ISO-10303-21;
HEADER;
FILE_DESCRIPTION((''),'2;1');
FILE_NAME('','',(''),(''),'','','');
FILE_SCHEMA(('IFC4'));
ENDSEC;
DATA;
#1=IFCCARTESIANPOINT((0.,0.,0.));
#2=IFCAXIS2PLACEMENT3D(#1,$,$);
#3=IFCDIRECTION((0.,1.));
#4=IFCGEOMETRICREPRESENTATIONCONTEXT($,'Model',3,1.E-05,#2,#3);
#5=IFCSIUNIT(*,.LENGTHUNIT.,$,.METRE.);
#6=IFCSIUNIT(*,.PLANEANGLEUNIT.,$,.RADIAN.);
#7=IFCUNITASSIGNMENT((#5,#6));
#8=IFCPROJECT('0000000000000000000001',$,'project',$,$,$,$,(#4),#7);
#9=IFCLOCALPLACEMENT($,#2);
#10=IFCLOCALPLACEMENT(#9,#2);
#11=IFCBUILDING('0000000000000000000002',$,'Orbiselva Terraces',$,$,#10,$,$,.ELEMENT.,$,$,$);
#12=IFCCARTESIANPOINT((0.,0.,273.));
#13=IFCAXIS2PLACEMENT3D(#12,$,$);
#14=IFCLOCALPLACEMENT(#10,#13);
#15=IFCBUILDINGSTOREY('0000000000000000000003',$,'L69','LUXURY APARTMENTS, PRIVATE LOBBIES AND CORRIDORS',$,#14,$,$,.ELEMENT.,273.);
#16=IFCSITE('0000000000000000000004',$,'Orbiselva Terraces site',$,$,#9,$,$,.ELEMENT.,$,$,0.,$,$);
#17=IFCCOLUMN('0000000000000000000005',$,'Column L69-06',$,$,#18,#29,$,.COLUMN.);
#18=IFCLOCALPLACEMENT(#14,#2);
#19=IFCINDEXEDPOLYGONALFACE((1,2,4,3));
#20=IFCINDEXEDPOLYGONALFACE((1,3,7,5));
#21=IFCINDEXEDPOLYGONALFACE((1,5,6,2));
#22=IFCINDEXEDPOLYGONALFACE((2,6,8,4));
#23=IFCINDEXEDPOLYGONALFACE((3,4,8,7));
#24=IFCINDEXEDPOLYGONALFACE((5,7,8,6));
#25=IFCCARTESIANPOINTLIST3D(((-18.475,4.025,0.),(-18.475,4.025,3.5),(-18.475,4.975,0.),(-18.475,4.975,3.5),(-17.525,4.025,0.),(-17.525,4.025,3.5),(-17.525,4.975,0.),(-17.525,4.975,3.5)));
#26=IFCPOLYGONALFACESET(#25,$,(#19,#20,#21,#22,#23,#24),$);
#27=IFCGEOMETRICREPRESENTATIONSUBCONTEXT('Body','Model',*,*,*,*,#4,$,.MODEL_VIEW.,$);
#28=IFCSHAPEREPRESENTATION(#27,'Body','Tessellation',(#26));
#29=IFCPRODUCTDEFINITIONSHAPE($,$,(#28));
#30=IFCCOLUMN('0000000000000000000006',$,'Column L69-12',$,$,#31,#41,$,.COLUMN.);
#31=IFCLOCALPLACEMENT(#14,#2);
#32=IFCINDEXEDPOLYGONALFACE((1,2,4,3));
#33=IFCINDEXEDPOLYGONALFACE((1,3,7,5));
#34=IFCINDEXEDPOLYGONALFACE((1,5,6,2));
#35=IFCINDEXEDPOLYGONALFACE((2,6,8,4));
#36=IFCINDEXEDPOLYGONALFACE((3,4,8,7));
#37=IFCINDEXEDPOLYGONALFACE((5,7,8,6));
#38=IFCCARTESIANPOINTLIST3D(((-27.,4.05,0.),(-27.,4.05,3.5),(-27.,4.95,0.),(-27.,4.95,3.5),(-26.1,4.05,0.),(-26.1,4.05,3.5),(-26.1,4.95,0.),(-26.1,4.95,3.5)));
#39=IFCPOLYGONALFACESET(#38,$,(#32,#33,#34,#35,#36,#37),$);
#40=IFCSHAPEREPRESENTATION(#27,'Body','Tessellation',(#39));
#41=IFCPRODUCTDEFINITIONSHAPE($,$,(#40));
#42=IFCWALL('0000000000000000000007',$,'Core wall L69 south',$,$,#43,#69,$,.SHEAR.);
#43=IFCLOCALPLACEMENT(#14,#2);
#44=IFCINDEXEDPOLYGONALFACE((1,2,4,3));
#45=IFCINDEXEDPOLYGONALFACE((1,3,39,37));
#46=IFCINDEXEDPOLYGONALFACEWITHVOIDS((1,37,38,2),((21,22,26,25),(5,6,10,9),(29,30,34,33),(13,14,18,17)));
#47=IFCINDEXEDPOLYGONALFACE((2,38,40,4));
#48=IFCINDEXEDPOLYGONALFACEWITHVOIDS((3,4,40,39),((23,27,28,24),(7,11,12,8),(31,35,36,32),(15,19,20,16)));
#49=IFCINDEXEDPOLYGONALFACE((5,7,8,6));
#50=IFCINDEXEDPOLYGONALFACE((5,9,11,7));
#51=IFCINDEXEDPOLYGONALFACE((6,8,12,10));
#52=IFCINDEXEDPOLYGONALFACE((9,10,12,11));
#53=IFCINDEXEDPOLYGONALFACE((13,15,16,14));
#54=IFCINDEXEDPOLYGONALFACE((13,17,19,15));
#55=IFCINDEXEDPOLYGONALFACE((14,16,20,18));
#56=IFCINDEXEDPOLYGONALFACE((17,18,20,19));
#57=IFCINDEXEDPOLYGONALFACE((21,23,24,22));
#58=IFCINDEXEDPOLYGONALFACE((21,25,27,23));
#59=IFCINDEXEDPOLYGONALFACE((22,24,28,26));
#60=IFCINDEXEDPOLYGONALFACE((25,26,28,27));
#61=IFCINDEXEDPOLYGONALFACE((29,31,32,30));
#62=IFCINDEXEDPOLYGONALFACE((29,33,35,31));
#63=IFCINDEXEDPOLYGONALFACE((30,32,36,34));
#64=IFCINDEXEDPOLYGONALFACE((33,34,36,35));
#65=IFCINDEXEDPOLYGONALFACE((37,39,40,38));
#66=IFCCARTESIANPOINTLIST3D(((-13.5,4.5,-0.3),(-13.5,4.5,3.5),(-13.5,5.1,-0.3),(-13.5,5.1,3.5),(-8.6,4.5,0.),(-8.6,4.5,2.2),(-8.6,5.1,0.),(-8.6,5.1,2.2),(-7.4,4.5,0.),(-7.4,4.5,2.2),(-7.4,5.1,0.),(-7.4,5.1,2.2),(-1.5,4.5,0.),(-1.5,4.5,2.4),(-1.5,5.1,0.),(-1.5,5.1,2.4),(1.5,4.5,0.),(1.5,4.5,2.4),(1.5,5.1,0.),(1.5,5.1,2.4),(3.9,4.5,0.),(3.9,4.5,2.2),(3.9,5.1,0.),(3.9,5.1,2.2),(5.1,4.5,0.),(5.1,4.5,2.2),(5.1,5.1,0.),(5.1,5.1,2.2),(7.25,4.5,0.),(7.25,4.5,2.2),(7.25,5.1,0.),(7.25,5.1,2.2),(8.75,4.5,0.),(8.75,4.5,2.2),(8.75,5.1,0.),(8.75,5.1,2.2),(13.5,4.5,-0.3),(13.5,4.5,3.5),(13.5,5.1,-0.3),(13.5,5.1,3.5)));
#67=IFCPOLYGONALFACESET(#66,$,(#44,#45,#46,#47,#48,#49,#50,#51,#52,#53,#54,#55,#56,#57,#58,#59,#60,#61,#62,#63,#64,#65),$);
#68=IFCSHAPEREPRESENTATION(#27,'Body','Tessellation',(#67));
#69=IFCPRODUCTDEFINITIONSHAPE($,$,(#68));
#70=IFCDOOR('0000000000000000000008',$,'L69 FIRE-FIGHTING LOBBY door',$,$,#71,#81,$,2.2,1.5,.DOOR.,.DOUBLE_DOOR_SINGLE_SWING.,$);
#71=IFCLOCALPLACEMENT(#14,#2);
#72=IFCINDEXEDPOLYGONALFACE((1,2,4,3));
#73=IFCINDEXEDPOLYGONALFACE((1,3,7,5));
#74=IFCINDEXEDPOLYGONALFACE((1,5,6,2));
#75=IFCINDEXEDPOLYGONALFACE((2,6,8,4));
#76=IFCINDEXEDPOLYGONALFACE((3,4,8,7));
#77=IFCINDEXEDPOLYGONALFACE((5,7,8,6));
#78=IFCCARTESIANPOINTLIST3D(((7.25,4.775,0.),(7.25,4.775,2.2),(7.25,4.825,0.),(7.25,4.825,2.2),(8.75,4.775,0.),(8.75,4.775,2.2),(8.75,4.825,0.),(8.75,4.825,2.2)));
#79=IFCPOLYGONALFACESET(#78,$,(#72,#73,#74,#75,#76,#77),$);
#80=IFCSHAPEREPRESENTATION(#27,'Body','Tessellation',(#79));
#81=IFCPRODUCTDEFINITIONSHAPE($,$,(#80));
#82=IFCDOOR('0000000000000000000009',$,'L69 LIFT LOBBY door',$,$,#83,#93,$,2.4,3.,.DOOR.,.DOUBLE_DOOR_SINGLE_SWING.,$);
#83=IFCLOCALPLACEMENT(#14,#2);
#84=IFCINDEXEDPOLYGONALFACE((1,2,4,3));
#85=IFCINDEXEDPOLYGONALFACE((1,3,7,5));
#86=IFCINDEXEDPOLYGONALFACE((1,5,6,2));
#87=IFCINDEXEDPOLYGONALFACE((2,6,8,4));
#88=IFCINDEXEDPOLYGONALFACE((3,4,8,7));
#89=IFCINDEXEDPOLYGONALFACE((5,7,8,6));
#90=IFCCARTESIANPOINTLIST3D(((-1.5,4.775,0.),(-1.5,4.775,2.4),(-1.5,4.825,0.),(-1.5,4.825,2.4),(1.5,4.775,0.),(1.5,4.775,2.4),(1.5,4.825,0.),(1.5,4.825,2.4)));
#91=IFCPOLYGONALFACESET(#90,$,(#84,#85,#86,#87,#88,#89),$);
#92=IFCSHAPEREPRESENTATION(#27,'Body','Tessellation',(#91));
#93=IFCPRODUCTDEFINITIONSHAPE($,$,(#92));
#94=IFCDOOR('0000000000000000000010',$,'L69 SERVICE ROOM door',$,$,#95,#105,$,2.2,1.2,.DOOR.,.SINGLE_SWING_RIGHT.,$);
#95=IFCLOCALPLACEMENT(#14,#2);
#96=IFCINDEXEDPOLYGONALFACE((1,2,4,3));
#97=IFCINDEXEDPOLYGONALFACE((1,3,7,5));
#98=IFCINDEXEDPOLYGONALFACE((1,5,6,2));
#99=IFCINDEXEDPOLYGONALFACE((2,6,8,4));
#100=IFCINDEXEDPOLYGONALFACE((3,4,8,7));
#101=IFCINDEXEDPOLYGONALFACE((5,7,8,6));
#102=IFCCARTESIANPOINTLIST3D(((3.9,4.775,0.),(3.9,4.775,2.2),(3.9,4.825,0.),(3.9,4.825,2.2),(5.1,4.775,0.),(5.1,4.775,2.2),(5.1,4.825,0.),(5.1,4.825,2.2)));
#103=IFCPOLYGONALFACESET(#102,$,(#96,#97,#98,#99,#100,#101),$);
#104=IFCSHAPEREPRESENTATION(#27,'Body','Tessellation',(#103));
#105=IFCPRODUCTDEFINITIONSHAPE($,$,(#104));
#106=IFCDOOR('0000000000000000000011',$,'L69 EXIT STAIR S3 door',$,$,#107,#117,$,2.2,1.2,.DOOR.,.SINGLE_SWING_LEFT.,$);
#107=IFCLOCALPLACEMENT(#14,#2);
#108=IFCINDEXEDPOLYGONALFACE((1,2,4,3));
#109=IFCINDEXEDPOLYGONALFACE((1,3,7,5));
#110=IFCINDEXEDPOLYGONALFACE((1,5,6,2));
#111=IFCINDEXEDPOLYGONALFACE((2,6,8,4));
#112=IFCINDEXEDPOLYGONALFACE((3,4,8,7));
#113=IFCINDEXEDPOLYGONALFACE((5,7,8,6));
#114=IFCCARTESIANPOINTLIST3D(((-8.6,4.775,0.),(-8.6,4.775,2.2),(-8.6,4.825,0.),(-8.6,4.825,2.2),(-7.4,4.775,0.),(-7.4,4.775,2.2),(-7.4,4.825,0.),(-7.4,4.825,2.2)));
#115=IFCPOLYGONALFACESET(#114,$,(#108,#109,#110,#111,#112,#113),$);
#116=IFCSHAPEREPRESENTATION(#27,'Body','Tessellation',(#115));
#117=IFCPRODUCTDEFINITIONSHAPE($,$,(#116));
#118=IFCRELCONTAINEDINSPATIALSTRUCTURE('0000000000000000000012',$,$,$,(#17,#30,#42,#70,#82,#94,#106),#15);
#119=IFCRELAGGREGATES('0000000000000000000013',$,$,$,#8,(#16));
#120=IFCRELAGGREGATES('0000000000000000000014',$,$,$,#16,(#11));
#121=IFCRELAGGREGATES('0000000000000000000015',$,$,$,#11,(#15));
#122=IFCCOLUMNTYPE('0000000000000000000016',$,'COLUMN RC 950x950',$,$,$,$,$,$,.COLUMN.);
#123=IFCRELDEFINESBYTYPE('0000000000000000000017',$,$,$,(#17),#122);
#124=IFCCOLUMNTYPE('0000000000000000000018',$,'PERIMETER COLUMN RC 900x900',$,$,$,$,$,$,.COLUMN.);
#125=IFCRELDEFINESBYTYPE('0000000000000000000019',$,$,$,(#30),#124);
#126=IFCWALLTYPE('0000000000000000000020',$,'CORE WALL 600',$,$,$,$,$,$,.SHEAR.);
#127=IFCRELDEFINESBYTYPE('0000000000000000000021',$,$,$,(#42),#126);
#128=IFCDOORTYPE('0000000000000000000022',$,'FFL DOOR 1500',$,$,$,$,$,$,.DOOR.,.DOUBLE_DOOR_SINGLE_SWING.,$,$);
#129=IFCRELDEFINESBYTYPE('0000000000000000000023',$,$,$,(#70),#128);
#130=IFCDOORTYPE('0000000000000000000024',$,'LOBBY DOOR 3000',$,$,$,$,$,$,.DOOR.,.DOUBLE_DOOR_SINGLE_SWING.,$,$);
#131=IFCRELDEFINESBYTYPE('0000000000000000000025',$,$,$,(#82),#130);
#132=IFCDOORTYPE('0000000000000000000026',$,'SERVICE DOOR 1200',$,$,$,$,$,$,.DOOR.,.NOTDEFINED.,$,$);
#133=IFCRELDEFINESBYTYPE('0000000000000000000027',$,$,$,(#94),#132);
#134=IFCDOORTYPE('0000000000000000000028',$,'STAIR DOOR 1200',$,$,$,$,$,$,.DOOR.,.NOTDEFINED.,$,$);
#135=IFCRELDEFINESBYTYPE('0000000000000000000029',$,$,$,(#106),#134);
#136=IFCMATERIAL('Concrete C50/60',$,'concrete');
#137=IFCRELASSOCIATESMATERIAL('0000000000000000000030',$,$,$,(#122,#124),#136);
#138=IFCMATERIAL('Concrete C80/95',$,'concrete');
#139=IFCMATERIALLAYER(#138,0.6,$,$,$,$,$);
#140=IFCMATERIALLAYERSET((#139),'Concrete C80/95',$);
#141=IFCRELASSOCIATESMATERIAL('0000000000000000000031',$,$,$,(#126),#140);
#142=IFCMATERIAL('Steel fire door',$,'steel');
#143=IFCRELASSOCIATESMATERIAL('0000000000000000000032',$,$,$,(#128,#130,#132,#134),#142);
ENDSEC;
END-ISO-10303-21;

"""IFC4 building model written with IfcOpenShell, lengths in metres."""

from ifc_helpers import new_model, si_unit, direction, frame, frame_2d, origin, origin_2d, place, context, subcontext, project, spatial, rectangle, extrude, material, layer, layer_set, material_profile, profile_set, type_object, element, fill, save


model = new_model("IFC4")

# Units and contexts
model_context = context("Model", 3, precision=1e-05, world=origin(), true_north=direction((0.0, 1.0)))
body_context = subcontext(model_context, "Body", "Model", "MODEL_VIEW")
ifc_project = project(units=[si_unit("LENGTHUNIT", "METRE"), si_unit("PLANEANGLEUNIT", "RADIAN")], contexts=[model_context])

# Site, building, storey
site_placement = place(None, origin())
site = spatial("IfcSite", under=ifc_project, at=site_placement, Name="Orbiselva Terraces site", CompositionType="ELEMENT", RefElevation=0.0)
building_placement = place(site_placement, origin())
building = spatial("IfcBuilding", under=site, at=building_placement, Name="Orbiselva Terraces", CompositionType="ELEMENT")
storey_placement = place(building_placement, frame((0.0, 0.0, 273.0)))
storey = spatial("IfcBuildingStorey", under=building, at=storey_placement, Name="L69", Description="LUXURY APARTMENTS, PRIVATE LOBBIES AND CORRIDORS", CompositionType="ELEMENT", Elevation=273.0)

# Columns
ifc_material_1 = material(Name="Concrete C50/60", Category="concrete")
ifc_material_profile_1 = material_profile(ifc_material_1, rectangle(XDim=0.95, YDim=0.95, at=origin_2d()), Name="RC 950x950")
ifc_profile_set_1 = profile_set([ifc_material_profile_1], Name="Concrete C50/60")
column_type_1 = type_object("IfcColumnType", Name="COLUMN RC 950x950", PredefinedType="COLUMN", material=ifc_profile_set_1)
column_1_placement = place(storey_placement, frame((-18.0, 4.5, 0.0), z_axis=(0.0, 0.0, 1.0), x_axis=(1.0, 0.0, 0.0)))
element("IfcColumn", 1, at=column_1_placement, inside=storey, type_object=column_type_1, Name="Column L69-06", PredefinedType="COLUMN", context=body_context, shape_type="SweptSolid", body=[
    extrude(rectangle(XDim=0.95, YDim=0.95, at=origin_2d()), origin(), (0.0, 0.0, 1.0), 3.5),
])
ifc_material_profile_2 = material_profile(ifc_material_1, rectangle(XDim=0.9, YDim=0.9, at=origin_2d()), Name="RC 900x900")
ifc_profile_set_2 = profile_set([ifc_material_profile_2], Name="Concrete C50/60")
column_type_2 = type_object("IfcColumnType", Name="PERIMETER COLUMN RC 900x900", PredefinedType="COLUMN", material=ifc_profile_set_2)
column_2_placement = place(storey_placement, frame((-26.55, 4.5, 0.0), z_axis=(0.0, 0.0, 1.0), x_axis=(1.0, 0.0, 0.0)))
element("IfcColumn", 2, at=column_2_placement, inside=storey, type_object=column_type_2, Name="Column L69-12", PredefinedType="COLUMN", context=body_context, shape_type="SweptSolid", body=[
    extrude(rectangle(XDim=0.9, YDim=0.9, at=origin_2d()), origin(), (0.0, 0.0, 1.0), 3.5),
])

# Wall, openings, doors
ifc_material_2 = material(Name="Concrete C80/95", Category="concrete")
ifc_layer_1 = layer(ifc_material_2, 0.6)
ifc_layer_set_1 = layer_set([ifc_layer_1], Name="Concrete C80/95")
wall_type_1 = type_object("IfcWallType", Name="CORE WALL 600", PredefinedType="SHEAR", material=ifc_layer_set_1)
wall_1_placement = place(storey_placement, frame((-13.5, 4.8, -0.3), z_axis=(0.0, 0.0, 1.0), x_axis=(1.0, 0.0, 0.0)))
wall_1 = element("IfcWall", 3, at=wall_1_placement, inside=storey, type_object=wall_type_1, Name="Core wall L69 south", PredefinedType="SHEAR", context=body_context, shape_type="SweptSolid", body=[
    extrude(rectangle(XDim=27.0, YDim=0.6, at=frame_2d((13.5, 0.0))), origin(), (0.0, 0.0, 1.0), 3.8),
])
opening_1_placement = place(wall_1_placement, frame((12.0, 0.0, 0.3)))
opening_1 = element("IfcOpeningElement", 4, at=opening_1_placement, cuts=wall_1, PredefinedType="OPENING", context=body_context, shape_type="SweptSolid", body=[
    extrude(rectangle(XDim=3.0, YDim=2.4, at=frame_2d((1.5, 1.2))), frame((0.0, 0.31, 0.0), z_axis=(0.0, -1.0, 0.0), x_axis=(1.0, 0.0, 0.0)), (0.0, 0.0, 1.0), 0.62),
])
opening_2_placement = place(wall_1_placement, frame((4.9, 0.0, 0.3)))
opening_2 = element("IfcOpeningElement", 5, at=opening_2_placement, cuts=wall_1, PredefinedType="OPENING", context=body_context, shape_type="SweptSolid", body=[
    extrude(rectangle(XDim=1.2, YDim=2.2, at=frame_2d((0.6, 1.1))), frame((0.0, 0.31, 0.0), z_axis=(0.0, -1.0, 0.0), x_axis=(1.0, 0.0, 0.0)), (0.0, 0.0, 1.0), 0.62),
])
opening_3_placement = place(wall_1_placement, frame((20.75, 0.0, 0.3)))
opening_3 = element("IfcOpeningElement", 6, at=opening_3_placement, cuts=wall_1, PredefinedType="OPENING", context=body_context, shape_type="SweptSolid", body=[
    extrude(rectangle(XDim=1.5, YDim=2.2, at=frame_2d((0.75, 1.1))), frame((0.0, 0.31, 0.0), z_axis=(0.0, -1.0, 0.0), x_axis=(1.0, 0.0, 0.0)), (0.0, 0.0, 1.0), 0.62),
])
opening_4_placement = place(wall_1_placement, frame((17.4, 0.0, 0.3)))
opening_4 = element("IfcOpeningElement", 7, at=opening_4_placement, cuts=wall_1, PredefinedType="OPENING", context=body_context, shape_type="SweptSolid", body=[
    extrude(rectangle(XDim=1.2, YDim=2.2, at=frame_2d((0.6, 1.1))), frame((0.0, 0.31, 0.0), z_axis=(0.0, -1.0, 0.0), x_axis=(1.0, 0.0, 0.0)), (0.0, 0.0, 1.0), 0.62),
])
ifc_material_3 = material(Name="Steel fire door", Category="steel")
door_type_1 = type_object("IfcDoorType", Name="FFL DOOR 1500", OperationType="DOUBLE_DOOR_SINGLE_SWING", PredefinedType="DOOR", material=ifc_material_3)
door_1_placement = place(opening_3_placement, frame((1.5, 0.0, 0.0), z_axis=(0.0, 0.0, 1.0), x_axis=(-1.0, 0.0, 0.0)))
door_1 = element("IfcDoor", 8, at=door_1_placement, inside=storey, type_object=door_type_1, Name="L69 FIRE-FIGHTING LOBBY door", OperationType="DOUBLE_DOOR_SINGLE_SWING", OverallHeight=2.2, OverallWidth=1.5, PredefinedType="DOOR", context=body_context, shape_type="SweptSolid", body=[
    extrude(rectangle(XDim=1.5, YDim=2.2, at=frame_2d((0.75, 1.1))), frame((0.0, 0.025, 0.0), z_axis=(0.0, -1.0, 0.0), x_axis=(1.0, 0.0, 0.0)), (0.0, 0.0, 1.0), 0.05),
])
fill(opening_3, door_1)
door_type_2 = type_object("IfcDoorType", Name="LOBBY DOOR 3000", OperationType="DOUBLE_DOOR_SINGLE_SWING", PredefinedType="DOOR", material=ifc_material_3)
door_2_placement = place(opening_1_placement, frame((3.0, 0.0, 0.0), z_axis=(0.0, 0.0, 1.0), x_axis=(-1.0, 0.0, 0.0)))
door_2 = element("IfcDoor", 9, at=door_2_placement, inside=storey, type_object=door_type_2, Name="L69 LIFT LOBBY door", OperationType="DOUBLE_DOOR_SINGLE_SWING", OverallHeight=2.4, OverallWidth=3.0, PredefinedType="DOOR", context=body_context, shape_type="SweptSolid", body=[
    extrude(rectangle(XDim=3.0, YDim=2.4, at=frame_2d((1.5, 1.2))), frame((0.0, 0.025, 0.0), z_axis=(0.0, -1.0, 0.0), x_axis=(1.0, 0.0, 0.0)), (0.0, 0.0, 1.0), 0.05),
])
fill(opening_1, door_2)
door_type_3 = type_object("IfcDoorType", Name="SERVICE DOOR 1200", OperationType="NOTDEFINED", PredefinedType="DOOR", material=ifc_material_3)
door_3_placement = place(opening_4_placement, frame((1.2, 0.0, 0.0), z_axis=(0.0, 0.0, 1.0), x_axis=(-1.0, 0.0, 0.0)))
door_3 = element("IfcDoor", 10, at=door_3_placement, inside=storey, type_object=door_type_3, Name="L69 SERVICE ROOM door", OperationType="SINGLE_SWING_RIGHT", OverallHeight=2.2, OverallWidth=1.2, PredefinedType="DOOR", context=body_context, shape_type="SweptSolid", body=[
    extrude(rectangle(XDim=1.2, YDim=2.2, at=frame_2d((0.6, 1.1))), frame((0.0, 0.025, 0.0), z_axis=(0.0, -1.0, 0.0), x_axis=(1.0, 0.0, 0.0)), (0.0, 0.0, 1.0), 0.05),
])
fill(opening_4, door_3)
door_type_4 = type_object("IfcDoorType", Name="STAIR DOOR 1200", OperationType="NOTDEFINED", PredefinedType="DOOR", material=ifc_material_3)
door_4_placement = place(opening_2_placement, frame((1.2, 0.0, 0.0), z_axis=(0.0, 0.0, 1.0), x_axis=(-1.0, 0.0, 0.0)))
door_4 = element("IfcDoor", 11, at=door_4_placement, inside=storey, type_object=door_type_4, Name="L69 EXIT STAIR S3 door", OperationType="SINGLE_SWING_LEFT", OverallHeight=2.2, OverallWidth=1.2, PredefinedType="DOOR", context=body_context, shape_type="SweptSolid", body=[
    extrude(rectangle(XDim=1.2, YDim=2.2, at=frame_2d((0.6, 1.1))), frame((0.0, 0.025, 0.0), z_axis=(0.0, -1.0, 0.0), x_axis=(1.0, 0.0, 0.0)), (0.0, 0.0, 1.0), 0.05),
])
fill(opening_2, door_4)

save(model, "model.ifc")
